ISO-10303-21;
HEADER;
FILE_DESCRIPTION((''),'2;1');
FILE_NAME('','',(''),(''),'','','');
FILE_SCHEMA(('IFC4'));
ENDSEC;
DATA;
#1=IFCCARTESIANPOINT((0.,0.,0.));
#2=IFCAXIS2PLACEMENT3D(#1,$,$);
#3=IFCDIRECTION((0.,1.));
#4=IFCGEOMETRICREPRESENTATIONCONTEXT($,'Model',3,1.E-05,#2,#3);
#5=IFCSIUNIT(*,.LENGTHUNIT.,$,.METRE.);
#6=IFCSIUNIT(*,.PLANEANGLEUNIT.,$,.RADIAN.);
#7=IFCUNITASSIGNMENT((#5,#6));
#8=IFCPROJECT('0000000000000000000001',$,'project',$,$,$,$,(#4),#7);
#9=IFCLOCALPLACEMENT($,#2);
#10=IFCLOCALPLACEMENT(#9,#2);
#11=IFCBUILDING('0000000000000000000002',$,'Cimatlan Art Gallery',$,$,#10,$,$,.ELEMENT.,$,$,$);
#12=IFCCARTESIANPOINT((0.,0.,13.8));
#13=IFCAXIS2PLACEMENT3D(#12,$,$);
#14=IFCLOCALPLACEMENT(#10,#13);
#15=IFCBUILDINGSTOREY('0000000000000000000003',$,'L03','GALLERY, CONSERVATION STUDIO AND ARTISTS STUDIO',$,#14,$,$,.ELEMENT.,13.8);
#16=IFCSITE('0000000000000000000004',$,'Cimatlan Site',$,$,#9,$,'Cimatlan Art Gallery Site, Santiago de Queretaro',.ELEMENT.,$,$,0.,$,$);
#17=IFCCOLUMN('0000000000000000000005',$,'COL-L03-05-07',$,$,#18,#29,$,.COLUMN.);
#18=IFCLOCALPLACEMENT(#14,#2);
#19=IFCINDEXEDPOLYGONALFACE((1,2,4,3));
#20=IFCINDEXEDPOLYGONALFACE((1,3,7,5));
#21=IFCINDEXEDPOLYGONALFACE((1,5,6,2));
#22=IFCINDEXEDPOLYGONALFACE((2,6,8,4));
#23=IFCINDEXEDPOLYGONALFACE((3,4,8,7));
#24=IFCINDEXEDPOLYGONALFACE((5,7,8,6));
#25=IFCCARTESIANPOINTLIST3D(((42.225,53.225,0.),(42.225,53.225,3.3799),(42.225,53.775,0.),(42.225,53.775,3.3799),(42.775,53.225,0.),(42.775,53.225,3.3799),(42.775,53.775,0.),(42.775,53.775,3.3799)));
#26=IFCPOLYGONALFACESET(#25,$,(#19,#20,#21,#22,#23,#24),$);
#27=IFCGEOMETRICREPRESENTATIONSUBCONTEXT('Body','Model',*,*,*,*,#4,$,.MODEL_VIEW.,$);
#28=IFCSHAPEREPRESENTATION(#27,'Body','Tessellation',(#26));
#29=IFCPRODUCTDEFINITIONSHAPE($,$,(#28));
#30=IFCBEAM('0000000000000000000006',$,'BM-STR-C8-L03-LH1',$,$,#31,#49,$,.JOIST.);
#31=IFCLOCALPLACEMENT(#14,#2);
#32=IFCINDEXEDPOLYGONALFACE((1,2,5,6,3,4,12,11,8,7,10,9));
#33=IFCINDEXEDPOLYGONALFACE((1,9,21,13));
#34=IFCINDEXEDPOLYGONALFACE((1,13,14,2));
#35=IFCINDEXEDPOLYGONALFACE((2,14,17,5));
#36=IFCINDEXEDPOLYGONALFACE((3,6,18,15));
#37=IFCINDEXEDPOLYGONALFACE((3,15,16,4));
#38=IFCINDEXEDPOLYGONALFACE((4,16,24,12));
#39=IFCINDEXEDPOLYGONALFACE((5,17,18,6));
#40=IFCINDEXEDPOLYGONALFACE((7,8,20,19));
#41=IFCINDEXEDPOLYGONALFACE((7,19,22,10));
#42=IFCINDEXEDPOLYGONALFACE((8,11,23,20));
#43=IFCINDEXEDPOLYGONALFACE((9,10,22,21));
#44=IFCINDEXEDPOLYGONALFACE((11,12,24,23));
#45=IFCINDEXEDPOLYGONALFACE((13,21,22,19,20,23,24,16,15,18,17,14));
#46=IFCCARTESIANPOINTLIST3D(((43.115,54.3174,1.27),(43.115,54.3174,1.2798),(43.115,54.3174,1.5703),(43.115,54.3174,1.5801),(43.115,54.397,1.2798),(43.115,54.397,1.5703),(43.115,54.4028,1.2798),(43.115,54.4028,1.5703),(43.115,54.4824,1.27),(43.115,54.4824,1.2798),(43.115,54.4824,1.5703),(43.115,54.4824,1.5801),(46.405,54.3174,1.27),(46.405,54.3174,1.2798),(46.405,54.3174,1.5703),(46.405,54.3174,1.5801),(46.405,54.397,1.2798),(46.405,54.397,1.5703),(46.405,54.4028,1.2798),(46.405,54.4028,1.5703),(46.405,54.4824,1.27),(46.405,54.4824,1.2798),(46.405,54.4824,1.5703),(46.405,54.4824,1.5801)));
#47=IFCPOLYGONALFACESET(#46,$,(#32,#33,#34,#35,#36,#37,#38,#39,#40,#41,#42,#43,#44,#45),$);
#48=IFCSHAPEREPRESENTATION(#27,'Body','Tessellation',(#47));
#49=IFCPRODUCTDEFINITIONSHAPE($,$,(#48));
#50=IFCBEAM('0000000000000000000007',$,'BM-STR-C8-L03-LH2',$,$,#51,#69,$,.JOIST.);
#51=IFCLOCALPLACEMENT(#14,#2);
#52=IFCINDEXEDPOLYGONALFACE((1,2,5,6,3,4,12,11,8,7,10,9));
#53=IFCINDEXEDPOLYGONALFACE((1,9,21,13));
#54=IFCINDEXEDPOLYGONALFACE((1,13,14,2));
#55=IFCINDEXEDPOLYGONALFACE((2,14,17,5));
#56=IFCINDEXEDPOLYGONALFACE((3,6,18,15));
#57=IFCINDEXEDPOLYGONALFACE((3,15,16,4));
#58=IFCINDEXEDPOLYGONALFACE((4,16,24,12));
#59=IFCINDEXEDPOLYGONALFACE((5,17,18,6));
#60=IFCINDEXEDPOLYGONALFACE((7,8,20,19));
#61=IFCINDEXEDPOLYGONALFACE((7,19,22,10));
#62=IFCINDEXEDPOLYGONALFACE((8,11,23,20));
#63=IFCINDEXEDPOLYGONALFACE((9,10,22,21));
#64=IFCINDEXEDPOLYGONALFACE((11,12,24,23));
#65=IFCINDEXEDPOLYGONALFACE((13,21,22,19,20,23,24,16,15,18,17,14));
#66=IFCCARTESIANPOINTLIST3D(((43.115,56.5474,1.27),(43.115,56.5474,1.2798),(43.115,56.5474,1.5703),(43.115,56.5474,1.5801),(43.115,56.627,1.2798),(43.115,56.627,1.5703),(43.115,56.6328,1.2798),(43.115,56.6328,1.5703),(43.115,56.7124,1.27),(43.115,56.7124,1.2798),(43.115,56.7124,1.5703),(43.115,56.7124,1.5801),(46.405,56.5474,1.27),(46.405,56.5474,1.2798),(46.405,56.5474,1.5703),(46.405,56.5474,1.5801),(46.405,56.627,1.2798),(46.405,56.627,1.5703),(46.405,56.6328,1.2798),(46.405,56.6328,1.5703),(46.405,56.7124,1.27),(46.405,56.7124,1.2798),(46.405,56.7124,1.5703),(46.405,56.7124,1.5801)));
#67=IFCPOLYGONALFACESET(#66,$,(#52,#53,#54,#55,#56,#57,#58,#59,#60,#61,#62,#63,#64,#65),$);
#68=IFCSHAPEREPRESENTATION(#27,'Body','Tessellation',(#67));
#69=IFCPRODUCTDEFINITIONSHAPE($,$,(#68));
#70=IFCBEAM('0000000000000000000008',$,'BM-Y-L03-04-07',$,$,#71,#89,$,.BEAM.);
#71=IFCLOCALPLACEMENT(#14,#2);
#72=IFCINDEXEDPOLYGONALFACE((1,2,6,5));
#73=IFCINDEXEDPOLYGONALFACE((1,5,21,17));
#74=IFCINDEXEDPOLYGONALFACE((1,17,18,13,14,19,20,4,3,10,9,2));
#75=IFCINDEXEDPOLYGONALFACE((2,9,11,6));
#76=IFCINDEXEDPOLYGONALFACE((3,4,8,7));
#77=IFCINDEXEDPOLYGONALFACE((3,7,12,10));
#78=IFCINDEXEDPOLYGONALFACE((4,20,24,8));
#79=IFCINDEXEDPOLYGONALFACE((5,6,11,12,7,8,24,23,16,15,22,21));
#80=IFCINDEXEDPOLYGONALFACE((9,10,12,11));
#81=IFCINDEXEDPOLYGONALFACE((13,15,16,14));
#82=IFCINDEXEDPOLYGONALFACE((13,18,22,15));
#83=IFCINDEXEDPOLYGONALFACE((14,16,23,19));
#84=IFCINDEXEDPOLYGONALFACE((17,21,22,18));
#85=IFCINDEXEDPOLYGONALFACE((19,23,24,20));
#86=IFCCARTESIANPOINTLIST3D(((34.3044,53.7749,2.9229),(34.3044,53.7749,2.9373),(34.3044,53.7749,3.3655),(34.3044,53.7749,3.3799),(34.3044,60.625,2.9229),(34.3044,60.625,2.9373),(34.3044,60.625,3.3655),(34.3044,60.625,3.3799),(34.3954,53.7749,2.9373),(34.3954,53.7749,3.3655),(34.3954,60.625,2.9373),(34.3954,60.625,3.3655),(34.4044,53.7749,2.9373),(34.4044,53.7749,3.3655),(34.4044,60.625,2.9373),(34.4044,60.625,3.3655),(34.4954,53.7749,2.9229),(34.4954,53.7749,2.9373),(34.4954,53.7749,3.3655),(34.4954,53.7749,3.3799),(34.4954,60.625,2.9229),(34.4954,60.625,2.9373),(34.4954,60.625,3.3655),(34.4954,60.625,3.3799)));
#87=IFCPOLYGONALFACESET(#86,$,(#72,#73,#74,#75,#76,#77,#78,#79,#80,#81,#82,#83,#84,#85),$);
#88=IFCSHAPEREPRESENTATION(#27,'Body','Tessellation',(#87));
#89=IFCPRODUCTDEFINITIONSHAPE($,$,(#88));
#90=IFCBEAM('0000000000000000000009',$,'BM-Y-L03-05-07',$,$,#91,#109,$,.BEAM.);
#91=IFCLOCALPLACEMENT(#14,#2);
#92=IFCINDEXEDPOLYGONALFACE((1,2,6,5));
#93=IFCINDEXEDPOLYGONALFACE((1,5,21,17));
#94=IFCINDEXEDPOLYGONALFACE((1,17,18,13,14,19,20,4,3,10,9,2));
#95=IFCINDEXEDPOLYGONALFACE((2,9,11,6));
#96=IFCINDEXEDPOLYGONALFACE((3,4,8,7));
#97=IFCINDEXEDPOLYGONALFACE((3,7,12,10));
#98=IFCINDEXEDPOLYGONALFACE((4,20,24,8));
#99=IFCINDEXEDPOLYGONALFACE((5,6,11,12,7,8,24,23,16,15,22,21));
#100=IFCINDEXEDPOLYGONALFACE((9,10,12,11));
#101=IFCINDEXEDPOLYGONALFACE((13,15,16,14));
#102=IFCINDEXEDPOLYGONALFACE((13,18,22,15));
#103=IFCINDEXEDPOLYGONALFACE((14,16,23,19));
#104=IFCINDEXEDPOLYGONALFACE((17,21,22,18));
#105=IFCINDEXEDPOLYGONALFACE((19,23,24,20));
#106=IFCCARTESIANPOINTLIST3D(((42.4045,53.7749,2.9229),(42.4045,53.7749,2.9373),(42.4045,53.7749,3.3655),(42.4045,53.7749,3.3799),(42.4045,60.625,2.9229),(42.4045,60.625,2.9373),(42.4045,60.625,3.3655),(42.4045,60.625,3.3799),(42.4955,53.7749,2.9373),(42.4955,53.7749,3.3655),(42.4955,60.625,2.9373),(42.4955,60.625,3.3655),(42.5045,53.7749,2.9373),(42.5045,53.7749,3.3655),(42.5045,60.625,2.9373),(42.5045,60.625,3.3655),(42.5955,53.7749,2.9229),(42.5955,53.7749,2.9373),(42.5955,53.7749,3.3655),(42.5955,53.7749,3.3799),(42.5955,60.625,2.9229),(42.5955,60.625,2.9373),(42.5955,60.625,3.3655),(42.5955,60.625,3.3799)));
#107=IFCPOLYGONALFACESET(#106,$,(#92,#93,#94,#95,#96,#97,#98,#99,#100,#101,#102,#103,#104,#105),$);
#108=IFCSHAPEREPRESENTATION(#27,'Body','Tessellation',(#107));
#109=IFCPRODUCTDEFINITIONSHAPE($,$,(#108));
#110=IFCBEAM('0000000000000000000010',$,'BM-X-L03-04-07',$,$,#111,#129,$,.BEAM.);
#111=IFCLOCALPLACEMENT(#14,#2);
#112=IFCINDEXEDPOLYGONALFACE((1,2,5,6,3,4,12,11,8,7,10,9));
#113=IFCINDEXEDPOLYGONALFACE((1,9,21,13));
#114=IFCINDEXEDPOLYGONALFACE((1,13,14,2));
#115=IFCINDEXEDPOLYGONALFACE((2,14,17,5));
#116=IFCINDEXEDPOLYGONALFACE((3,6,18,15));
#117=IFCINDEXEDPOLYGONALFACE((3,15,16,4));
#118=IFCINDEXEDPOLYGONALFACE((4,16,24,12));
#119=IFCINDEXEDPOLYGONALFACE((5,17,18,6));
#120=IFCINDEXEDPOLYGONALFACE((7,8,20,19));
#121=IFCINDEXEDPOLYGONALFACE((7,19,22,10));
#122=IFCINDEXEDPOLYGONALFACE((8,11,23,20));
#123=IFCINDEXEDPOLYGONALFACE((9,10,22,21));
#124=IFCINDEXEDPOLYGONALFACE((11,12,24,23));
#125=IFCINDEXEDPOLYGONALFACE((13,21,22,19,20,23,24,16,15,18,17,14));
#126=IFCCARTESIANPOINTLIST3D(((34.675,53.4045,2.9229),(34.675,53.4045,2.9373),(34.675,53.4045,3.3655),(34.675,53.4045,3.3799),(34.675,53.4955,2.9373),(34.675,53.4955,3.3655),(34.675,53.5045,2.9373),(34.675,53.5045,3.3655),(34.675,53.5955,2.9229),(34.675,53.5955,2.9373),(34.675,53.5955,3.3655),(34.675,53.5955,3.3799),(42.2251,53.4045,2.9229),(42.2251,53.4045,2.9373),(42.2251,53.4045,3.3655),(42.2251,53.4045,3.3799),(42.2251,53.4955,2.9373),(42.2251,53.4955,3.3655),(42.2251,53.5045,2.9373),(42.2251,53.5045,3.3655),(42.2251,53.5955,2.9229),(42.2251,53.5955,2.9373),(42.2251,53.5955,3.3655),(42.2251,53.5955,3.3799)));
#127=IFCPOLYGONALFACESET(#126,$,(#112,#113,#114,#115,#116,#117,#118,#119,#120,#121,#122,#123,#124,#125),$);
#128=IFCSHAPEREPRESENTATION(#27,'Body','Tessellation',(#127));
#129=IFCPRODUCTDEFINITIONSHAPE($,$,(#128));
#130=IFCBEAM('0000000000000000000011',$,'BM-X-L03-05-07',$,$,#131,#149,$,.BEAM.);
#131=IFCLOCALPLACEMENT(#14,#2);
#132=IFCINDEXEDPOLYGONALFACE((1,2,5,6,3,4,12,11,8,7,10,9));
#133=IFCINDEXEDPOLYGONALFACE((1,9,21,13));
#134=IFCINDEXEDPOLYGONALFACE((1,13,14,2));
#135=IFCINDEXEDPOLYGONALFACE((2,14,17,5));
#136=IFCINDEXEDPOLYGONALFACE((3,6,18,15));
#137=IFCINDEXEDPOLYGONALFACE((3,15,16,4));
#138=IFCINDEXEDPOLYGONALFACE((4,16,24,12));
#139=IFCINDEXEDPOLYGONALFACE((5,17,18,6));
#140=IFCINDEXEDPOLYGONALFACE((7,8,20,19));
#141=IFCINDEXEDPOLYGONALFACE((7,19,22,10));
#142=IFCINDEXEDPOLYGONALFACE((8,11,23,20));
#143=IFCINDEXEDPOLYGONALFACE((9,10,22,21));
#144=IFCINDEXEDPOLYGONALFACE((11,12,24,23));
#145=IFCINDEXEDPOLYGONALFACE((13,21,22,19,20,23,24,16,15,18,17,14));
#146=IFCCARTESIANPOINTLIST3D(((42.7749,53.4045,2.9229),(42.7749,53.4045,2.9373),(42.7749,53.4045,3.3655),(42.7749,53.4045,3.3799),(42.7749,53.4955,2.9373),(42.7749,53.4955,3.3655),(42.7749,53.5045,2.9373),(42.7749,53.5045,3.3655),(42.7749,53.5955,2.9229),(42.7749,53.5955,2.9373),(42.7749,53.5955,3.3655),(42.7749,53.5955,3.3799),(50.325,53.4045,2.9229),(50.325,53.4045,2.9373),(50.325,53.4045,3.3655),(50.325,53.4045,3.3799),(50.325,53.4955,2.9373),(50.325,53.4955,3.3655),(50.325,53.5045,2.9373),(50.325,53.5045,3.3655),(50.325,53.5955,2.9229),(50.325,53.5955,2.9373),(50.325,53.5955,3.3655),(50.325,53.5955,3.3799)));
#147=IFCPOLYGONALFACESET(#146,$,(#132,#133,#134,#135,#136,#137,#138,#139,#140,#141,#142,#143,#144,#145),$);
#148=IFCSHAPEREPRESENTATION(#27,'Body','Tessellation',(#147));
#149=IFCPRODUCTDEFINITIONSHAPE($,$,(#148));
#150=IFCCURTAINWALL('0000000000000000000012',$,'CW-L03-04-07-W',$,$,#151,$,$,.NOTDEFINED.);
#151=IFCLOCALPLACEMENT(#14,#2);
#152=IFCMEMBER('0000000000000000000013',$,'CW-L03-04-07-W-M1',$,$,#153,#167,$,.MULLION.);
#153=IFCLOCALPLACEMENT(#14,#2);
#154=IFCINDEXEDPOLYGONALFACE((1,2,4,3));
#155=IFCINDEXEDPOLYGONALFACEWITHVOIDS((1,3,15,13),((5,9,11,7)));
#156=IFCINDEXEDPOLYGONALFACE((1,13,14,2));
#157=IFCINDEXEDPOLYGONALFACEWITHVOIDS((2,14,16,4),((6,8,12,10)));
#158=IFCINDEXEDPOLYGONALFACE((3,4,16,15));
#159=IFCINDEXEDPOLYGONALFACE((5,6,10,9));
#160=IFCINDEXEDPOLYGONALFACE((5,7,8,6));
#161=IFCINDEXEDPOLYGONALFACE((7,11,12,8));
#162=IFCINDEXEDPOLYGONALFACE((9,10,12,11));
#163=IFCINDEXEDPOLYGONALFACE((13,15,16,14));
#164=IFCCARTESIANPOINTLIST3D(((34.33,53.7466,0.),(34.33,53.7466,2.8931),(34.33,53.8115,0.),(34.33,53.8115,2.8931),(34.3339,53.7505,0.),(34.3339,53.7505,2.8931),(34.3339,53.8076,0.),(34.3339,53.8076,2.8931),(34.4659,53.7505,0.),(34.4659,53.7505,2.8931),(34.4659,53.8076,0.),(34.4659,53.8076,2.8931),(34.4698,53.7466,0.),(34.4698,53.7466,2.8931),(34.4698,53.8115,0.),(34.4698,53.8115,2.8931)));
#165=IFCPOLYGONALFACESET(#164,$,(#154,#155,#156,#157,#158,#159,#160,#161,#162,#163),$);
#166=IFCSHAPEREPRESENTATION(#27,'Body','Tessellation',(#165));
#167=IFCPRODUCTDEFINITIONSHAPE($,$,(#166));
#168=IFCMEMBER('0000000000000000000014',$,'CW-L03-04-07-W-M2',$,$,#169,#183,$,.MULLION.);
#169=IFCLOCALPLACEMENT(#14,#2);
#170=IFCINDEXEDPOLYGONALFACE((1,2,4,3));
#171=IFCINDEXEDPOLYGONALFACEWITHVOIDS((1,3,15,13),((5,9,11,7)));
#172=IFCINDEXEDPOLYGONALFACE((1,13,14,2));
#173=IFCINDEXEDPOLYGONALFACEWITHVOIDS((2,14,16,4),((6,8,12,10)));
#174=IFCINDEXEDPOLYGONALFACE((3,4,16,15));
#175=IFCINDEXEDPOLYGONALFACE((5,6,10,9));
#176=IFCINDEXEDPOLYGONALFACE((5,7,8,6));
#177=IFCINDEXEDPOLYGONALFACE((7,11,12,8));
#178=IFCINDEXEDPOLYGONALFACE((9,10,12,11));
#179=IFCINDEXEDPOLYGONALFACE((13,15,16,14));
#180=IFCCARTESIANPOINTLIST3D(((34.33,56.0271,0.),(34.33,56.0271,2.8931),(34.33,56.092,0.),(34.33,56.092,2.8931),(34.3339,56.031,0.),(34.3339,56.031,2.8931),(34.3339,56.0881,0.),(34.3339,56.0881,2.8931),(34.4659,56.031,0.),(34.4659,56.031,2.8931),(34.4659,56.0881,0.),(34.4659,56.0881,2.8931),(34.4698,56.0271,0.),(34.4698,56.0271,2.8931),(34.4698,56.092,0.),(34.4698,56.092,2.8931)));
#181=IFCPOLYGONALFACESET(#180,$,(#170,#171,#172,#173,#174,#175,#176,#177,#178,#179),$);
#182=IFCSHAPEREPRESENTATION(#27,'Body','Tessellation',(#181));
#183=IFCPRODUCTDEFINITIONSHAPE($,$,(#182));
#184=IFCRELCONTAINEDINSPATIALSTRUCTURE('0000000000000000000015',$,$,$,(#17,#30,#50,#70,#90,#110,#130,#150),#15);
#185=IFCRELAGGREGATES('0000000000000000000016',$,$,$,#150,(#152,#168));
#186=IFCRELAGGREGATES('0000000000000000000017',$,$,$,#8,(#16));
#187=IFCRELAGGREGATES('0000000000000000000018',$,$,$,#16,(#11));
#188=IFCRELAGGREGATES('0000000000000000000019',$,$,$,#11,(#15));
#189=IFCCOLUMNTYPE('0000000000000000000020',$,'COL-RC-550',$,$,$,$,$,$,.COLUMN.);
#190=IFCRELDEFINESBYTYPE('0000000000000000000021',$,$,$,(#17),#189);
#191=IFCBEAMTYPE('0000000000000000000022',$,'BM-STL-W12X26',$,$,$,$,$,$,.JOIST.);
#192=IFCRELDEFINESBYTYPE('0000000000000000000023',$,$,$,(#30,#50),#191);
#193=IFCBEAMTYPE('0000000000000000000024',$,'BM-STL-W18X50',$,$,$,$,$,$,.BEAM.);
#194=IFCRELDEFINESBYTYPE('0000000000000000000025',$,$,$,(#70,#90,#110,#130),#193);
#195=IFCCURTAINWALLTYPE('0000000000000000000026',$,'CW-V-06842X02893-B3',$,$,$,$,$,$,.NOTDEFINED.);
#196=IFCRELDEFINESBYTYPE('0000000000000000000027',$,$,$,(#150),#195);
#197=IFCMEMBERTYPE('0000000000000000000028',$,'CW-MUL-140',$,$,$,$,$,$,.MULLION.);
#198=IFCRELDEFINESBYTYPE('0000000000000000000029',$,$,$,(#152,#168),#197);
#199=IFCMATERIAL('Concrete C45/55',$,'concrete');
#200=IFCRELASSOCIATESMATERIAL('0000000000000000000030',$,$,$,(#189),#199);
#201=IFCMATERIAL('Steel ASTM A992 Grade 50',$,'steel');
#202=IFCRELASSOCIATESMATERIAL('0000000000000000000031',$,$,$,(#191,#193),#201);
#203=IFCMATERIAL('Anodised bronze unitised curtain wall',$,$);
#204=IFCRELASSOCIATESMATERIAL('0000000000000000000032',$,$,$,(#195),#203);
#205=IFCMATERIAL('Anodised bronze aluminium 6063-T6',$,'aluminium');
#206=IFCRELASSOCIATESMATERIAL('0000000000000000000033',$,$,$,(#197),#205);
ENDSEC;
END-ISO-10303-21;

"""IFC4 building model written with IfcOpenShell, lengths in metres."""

from ifc_helpers import new_model, si_unit, direction, frame, origin, origin_2d, place, context, subcontext, project, spatial, rectangle, hollow_rectangle, i_section, extrude, material, material_profile, profile_set, type_object, element, aggregate, save


model = new_model("IFC4")

# Units and contexts
model_context = context("Model", 3, precision=1e-05, world=origin(), true_north=direction((0.0, 1.0)))
body_context = subcontext(model_context, "Body", "Model", "MODEL_VIEW")
ifc_project = project(units=[si_unit("LENGTHUNIT", "METRE"), si_unit("PLANEANGLEUNIT", "RADIAN")], contexts=[model_context])

# Site, building, storey
site_placement = place(None, origin())
site = spatial("IfcSite", under=ifc_project, at=site_placement, Name="Cimatlan Site", LongName="Cimatlan Art Gallery Site, Santiago de Queretaro", CompositionType="ELEMENT", RefElevation=0.0)
building_placement = place(site_placement, origin())
building = spatial("IfcBuilding", under=site, at=building_placement, Name="Cimatlan Art Gallery", CompositionType="ELEMENT")
storey_placement = place(building_placement, frame((0.0, 0.0, 13.8)))
storey = spatial("IfcBuildingStorey", under=building, at=storey_placement, Name="L03", Description="GALLERY, CONSERVATION STUDIO AND ARTISTS STUDIO", CompositionType="ELEMENT", Elevation=13.8)

# Column
ifc_material_1 = material(Name="Concrete C45/55", Category="concrete")
ifc_material_profile_1 = material_profile(ifc_material_1, rectangle(XDim=0.55, YDim=0.55, at=origin_2d()), Name="RC550X550")
ifc_profile_set_1 = profile_set([ifc_material_profile_1], Name="Concrete C45/55")
column_type = type_object("IfcColumnType", Name="COL-RC-550", PredefinedType="COLUMN", material=ifc_profile_set_1)
column_placement = place(storey_placement, frame((42.5, 53.5, 0.0), z_axis=(0.0, 0.0, 1.0), x_axis=(1.0, 0.0, 0.0)))
element("IfcColumn", 1, at=column_placement, inside=storey, type_object=column_type, Name="COL-L03-05-07", PredefinedType="COLUMN", context=body_context, shape_type="SweptSolid", body=[
    extrude(rectangle(XDim=0.55, YDim=0.55, at=origin_2d()), origin(), (0.0, 0.0, 1.0), 3.3799),
])

# Beams
ifc_material_2 = material(Name="Steel ASTM A992 Grade 50", Category="steel")
ifc_material_profile_2 = material_profile(ifc_material_2, i_section(OverallWidth=0.165, OverallDepth=0.3101, WebThickness=0.0059, FlangeThickness=0.0098, at=origin_2d()), Name="W12X26")
ifc_profile_set_2 = profile_set([ifc_material_profile_2], Name="Steel ASTM A992 Grade 50")
beam_type_1 = type_object("IfcBeamType", Name="BM-STL-W12X26", PredefinedType="JOIST", material=ifc_profile_set_2)
for number, where, z_axis, x_axis, name in (
    (2, (43.115, 54.3999, 1.425), (1.0, 0.0, 0.0), (0.0, 1.0, 0.0), "BM-STR-C8-L03-LH1"),
    (3, (43.115, 56.6299, 1.425), (1.0, 0.0, 0.0), (0.0, 1.0, 0.0), "BM-STR-C8-L03-LH2"),
):
    element("IfcBeam", number, at=place(storey_placement, frame(where, z_axis=z_axis, x_axis=x_axis)), inside=storey, type_object=beam_type_1, Name=name, PredefinedType="JOIST", context=body_context, shape_type="SweptSolid", body=[
        extrude(i_section(OverallWidth=0.165, OverallDepth=0.3101, WebThickness=0.0059, FlangeThickness=0.0098, at=origin_2d()), origin(), (0.0, 0.0, 1.0), 3.29),
    ])
ifc_material_profile_3 = material_profile(ifc_material_2, i_section(OverallWidth=0.1909, OverallDepth=0.457, WebThickness=0.009, FlangeThickness=0.0144, at=origin_2d()), Name="W18X50")
ifc_profile_set_3 = profile_set([ifc_material_profile_3], Name="Steel ASTM A992 Grade 50")
beam_type_2 = type_object("IfcBeamType", Name="BM-STL-W18X50", PredefinedType="BEAM", material=ifc_profile_set_3)
for number, where, z_axis, x_axis, name in (
    (4, (34.3999, 53.7749, 3.1514), (0.0, 1.0, 0.0), (-1.0, 0.0, 0.0), "BM-Y-L03-04-07"),
    (5, (42.5, 53.7749, 3.1514), (0.0, 1.0, 0.0), (-1.0, 0.0, 0.0), "BM-Y-L03-05-07"),
):
    element("IfcBeam", number, at=place(storey_placement, frame(where, z_axis=z_axis, x_axis=x_axis)), inside=storey, type_object=beam_type_2, Name=name, PredefinedType="BEAM", context=body_context, shape_type="SweptSolid", body=[
        extrude(i_section(OverallWidth=0.1909, OverallDepth=0.457, WebThickness=0.009, FlangeThickness=0.0144, at=origin_2d()), origin(), (0.0, 0.0, 1.0), 6.8501),
    ])
for number, where, z_axis, x_axis, name in (
    (6, (34.675, 53.5, 3.1514), (1.0, 0.0, 0.0), (0.0, 1.0, 0.0), "BM-X-L03-04-07"),
    (7, (42.7749, 53.5, 3.1514), (1.0, 0.0, 0.0), (0.0, 1.0, 0.0), "BM-X-L03-05-07"),
):
    element("IfcBeam", number, at=place(storey_placement, frame(where, z_axis=z_axis, x_axis=x_axis)), inside=storey, type_object=beam_type_2, Name=name, PredefinedType="BEAM", context=body_context, shape_type="SweptSolid", body=[
        extrude(i_section(OverallWidth=0.1909, OverallDepth=0.457, WebThickness=0.009, FlangeThickness=0.0144, at=origin_2d()), origin(), (0.0, 0.0, 1.0), 7.55),
    ])

# Curtain wall, members
ifc_material_3 = material(Name="Anodised bronze unitised curtain wall")
curtain_wall_type = type_object("IfcCurtainWallType", Name="CW-V-06842X02893-B3", PredefinedType="NOTDEFINED", material=ifc_material_3)
curtain_wall_placement = place(storey_placement, origin())
curtain_wall = element("IfcCurtainWall", 8, at=curtain_wall_placement, inside=storey, type_object=curtain_wall_type, Name="CW-L03-04-07-W", PredefinedType="NOTDEFINED")
ifc_material_4 = material(Name="Anodised bronze aluminium 6063-T6", Category="aluminium")
ifc_material_profile_4 = material_profile(ifc_material_4, hollow_rectangle(XDim=0.0649, YDim=0.1399, WallThickness=0.0039, at=origin_2d()), Name="ALU65X140X4")
ifc_profile_set_4 = profile_set([ifc_material_profile_4], Name="Anodised bronze aluminium 6063-T6")
member_type_1 = type_object("IfcMemberType", Name="CW-MUL-140", PredefinedType="MULLION", material=ifc_profile_set_4)
member_1_placement = place(storey_placement, frame((34.3999, 53.7791, 0.0), z_axis=(0.0, 0.0, 1.0), x_axis=(0.0, 1.0, 0.0)))
member_1 = element("IfcMember", 9, at=member_1_placement, type_object=member_type_1, Name="CW-L03-04-07-W-M1", PredefinedType="MULLION", context=body_context, shape_type="SweptSolid", body=[
    extrude(hollow_rectangle(XDim=0.0649, YDim=0.1399, WallThickness=0.0039, at=origin_2d()), origin(), (0.0, 0.0, 1.0), 2.8931),
])
member_2_placement = place(storey_placement, frame((34.3999, 56.0596, 0.0), z_axis=(0.0, 0.0, 1.0), x_axis=(0.0, 1.0, 0.0)))
member_2 = element("IfcMember", 10, at=member_2_placement, type_object=member_type_1, Name="CW-L03-04-07-W-M2", PredefinedType="MULLION", context=body_context, shape_type="SweptSolid", body=[
    extrude(hollow_rectangle(XDim=0.0649, YDim=0.1399, WallThickness=0.0039, at=origin_2d()), origin(), (0.0, 0.0, 1.0), 2.8931),
])
aggregate(curtain_wall, [member_1, member_2])

save(model, "model.ifc")
